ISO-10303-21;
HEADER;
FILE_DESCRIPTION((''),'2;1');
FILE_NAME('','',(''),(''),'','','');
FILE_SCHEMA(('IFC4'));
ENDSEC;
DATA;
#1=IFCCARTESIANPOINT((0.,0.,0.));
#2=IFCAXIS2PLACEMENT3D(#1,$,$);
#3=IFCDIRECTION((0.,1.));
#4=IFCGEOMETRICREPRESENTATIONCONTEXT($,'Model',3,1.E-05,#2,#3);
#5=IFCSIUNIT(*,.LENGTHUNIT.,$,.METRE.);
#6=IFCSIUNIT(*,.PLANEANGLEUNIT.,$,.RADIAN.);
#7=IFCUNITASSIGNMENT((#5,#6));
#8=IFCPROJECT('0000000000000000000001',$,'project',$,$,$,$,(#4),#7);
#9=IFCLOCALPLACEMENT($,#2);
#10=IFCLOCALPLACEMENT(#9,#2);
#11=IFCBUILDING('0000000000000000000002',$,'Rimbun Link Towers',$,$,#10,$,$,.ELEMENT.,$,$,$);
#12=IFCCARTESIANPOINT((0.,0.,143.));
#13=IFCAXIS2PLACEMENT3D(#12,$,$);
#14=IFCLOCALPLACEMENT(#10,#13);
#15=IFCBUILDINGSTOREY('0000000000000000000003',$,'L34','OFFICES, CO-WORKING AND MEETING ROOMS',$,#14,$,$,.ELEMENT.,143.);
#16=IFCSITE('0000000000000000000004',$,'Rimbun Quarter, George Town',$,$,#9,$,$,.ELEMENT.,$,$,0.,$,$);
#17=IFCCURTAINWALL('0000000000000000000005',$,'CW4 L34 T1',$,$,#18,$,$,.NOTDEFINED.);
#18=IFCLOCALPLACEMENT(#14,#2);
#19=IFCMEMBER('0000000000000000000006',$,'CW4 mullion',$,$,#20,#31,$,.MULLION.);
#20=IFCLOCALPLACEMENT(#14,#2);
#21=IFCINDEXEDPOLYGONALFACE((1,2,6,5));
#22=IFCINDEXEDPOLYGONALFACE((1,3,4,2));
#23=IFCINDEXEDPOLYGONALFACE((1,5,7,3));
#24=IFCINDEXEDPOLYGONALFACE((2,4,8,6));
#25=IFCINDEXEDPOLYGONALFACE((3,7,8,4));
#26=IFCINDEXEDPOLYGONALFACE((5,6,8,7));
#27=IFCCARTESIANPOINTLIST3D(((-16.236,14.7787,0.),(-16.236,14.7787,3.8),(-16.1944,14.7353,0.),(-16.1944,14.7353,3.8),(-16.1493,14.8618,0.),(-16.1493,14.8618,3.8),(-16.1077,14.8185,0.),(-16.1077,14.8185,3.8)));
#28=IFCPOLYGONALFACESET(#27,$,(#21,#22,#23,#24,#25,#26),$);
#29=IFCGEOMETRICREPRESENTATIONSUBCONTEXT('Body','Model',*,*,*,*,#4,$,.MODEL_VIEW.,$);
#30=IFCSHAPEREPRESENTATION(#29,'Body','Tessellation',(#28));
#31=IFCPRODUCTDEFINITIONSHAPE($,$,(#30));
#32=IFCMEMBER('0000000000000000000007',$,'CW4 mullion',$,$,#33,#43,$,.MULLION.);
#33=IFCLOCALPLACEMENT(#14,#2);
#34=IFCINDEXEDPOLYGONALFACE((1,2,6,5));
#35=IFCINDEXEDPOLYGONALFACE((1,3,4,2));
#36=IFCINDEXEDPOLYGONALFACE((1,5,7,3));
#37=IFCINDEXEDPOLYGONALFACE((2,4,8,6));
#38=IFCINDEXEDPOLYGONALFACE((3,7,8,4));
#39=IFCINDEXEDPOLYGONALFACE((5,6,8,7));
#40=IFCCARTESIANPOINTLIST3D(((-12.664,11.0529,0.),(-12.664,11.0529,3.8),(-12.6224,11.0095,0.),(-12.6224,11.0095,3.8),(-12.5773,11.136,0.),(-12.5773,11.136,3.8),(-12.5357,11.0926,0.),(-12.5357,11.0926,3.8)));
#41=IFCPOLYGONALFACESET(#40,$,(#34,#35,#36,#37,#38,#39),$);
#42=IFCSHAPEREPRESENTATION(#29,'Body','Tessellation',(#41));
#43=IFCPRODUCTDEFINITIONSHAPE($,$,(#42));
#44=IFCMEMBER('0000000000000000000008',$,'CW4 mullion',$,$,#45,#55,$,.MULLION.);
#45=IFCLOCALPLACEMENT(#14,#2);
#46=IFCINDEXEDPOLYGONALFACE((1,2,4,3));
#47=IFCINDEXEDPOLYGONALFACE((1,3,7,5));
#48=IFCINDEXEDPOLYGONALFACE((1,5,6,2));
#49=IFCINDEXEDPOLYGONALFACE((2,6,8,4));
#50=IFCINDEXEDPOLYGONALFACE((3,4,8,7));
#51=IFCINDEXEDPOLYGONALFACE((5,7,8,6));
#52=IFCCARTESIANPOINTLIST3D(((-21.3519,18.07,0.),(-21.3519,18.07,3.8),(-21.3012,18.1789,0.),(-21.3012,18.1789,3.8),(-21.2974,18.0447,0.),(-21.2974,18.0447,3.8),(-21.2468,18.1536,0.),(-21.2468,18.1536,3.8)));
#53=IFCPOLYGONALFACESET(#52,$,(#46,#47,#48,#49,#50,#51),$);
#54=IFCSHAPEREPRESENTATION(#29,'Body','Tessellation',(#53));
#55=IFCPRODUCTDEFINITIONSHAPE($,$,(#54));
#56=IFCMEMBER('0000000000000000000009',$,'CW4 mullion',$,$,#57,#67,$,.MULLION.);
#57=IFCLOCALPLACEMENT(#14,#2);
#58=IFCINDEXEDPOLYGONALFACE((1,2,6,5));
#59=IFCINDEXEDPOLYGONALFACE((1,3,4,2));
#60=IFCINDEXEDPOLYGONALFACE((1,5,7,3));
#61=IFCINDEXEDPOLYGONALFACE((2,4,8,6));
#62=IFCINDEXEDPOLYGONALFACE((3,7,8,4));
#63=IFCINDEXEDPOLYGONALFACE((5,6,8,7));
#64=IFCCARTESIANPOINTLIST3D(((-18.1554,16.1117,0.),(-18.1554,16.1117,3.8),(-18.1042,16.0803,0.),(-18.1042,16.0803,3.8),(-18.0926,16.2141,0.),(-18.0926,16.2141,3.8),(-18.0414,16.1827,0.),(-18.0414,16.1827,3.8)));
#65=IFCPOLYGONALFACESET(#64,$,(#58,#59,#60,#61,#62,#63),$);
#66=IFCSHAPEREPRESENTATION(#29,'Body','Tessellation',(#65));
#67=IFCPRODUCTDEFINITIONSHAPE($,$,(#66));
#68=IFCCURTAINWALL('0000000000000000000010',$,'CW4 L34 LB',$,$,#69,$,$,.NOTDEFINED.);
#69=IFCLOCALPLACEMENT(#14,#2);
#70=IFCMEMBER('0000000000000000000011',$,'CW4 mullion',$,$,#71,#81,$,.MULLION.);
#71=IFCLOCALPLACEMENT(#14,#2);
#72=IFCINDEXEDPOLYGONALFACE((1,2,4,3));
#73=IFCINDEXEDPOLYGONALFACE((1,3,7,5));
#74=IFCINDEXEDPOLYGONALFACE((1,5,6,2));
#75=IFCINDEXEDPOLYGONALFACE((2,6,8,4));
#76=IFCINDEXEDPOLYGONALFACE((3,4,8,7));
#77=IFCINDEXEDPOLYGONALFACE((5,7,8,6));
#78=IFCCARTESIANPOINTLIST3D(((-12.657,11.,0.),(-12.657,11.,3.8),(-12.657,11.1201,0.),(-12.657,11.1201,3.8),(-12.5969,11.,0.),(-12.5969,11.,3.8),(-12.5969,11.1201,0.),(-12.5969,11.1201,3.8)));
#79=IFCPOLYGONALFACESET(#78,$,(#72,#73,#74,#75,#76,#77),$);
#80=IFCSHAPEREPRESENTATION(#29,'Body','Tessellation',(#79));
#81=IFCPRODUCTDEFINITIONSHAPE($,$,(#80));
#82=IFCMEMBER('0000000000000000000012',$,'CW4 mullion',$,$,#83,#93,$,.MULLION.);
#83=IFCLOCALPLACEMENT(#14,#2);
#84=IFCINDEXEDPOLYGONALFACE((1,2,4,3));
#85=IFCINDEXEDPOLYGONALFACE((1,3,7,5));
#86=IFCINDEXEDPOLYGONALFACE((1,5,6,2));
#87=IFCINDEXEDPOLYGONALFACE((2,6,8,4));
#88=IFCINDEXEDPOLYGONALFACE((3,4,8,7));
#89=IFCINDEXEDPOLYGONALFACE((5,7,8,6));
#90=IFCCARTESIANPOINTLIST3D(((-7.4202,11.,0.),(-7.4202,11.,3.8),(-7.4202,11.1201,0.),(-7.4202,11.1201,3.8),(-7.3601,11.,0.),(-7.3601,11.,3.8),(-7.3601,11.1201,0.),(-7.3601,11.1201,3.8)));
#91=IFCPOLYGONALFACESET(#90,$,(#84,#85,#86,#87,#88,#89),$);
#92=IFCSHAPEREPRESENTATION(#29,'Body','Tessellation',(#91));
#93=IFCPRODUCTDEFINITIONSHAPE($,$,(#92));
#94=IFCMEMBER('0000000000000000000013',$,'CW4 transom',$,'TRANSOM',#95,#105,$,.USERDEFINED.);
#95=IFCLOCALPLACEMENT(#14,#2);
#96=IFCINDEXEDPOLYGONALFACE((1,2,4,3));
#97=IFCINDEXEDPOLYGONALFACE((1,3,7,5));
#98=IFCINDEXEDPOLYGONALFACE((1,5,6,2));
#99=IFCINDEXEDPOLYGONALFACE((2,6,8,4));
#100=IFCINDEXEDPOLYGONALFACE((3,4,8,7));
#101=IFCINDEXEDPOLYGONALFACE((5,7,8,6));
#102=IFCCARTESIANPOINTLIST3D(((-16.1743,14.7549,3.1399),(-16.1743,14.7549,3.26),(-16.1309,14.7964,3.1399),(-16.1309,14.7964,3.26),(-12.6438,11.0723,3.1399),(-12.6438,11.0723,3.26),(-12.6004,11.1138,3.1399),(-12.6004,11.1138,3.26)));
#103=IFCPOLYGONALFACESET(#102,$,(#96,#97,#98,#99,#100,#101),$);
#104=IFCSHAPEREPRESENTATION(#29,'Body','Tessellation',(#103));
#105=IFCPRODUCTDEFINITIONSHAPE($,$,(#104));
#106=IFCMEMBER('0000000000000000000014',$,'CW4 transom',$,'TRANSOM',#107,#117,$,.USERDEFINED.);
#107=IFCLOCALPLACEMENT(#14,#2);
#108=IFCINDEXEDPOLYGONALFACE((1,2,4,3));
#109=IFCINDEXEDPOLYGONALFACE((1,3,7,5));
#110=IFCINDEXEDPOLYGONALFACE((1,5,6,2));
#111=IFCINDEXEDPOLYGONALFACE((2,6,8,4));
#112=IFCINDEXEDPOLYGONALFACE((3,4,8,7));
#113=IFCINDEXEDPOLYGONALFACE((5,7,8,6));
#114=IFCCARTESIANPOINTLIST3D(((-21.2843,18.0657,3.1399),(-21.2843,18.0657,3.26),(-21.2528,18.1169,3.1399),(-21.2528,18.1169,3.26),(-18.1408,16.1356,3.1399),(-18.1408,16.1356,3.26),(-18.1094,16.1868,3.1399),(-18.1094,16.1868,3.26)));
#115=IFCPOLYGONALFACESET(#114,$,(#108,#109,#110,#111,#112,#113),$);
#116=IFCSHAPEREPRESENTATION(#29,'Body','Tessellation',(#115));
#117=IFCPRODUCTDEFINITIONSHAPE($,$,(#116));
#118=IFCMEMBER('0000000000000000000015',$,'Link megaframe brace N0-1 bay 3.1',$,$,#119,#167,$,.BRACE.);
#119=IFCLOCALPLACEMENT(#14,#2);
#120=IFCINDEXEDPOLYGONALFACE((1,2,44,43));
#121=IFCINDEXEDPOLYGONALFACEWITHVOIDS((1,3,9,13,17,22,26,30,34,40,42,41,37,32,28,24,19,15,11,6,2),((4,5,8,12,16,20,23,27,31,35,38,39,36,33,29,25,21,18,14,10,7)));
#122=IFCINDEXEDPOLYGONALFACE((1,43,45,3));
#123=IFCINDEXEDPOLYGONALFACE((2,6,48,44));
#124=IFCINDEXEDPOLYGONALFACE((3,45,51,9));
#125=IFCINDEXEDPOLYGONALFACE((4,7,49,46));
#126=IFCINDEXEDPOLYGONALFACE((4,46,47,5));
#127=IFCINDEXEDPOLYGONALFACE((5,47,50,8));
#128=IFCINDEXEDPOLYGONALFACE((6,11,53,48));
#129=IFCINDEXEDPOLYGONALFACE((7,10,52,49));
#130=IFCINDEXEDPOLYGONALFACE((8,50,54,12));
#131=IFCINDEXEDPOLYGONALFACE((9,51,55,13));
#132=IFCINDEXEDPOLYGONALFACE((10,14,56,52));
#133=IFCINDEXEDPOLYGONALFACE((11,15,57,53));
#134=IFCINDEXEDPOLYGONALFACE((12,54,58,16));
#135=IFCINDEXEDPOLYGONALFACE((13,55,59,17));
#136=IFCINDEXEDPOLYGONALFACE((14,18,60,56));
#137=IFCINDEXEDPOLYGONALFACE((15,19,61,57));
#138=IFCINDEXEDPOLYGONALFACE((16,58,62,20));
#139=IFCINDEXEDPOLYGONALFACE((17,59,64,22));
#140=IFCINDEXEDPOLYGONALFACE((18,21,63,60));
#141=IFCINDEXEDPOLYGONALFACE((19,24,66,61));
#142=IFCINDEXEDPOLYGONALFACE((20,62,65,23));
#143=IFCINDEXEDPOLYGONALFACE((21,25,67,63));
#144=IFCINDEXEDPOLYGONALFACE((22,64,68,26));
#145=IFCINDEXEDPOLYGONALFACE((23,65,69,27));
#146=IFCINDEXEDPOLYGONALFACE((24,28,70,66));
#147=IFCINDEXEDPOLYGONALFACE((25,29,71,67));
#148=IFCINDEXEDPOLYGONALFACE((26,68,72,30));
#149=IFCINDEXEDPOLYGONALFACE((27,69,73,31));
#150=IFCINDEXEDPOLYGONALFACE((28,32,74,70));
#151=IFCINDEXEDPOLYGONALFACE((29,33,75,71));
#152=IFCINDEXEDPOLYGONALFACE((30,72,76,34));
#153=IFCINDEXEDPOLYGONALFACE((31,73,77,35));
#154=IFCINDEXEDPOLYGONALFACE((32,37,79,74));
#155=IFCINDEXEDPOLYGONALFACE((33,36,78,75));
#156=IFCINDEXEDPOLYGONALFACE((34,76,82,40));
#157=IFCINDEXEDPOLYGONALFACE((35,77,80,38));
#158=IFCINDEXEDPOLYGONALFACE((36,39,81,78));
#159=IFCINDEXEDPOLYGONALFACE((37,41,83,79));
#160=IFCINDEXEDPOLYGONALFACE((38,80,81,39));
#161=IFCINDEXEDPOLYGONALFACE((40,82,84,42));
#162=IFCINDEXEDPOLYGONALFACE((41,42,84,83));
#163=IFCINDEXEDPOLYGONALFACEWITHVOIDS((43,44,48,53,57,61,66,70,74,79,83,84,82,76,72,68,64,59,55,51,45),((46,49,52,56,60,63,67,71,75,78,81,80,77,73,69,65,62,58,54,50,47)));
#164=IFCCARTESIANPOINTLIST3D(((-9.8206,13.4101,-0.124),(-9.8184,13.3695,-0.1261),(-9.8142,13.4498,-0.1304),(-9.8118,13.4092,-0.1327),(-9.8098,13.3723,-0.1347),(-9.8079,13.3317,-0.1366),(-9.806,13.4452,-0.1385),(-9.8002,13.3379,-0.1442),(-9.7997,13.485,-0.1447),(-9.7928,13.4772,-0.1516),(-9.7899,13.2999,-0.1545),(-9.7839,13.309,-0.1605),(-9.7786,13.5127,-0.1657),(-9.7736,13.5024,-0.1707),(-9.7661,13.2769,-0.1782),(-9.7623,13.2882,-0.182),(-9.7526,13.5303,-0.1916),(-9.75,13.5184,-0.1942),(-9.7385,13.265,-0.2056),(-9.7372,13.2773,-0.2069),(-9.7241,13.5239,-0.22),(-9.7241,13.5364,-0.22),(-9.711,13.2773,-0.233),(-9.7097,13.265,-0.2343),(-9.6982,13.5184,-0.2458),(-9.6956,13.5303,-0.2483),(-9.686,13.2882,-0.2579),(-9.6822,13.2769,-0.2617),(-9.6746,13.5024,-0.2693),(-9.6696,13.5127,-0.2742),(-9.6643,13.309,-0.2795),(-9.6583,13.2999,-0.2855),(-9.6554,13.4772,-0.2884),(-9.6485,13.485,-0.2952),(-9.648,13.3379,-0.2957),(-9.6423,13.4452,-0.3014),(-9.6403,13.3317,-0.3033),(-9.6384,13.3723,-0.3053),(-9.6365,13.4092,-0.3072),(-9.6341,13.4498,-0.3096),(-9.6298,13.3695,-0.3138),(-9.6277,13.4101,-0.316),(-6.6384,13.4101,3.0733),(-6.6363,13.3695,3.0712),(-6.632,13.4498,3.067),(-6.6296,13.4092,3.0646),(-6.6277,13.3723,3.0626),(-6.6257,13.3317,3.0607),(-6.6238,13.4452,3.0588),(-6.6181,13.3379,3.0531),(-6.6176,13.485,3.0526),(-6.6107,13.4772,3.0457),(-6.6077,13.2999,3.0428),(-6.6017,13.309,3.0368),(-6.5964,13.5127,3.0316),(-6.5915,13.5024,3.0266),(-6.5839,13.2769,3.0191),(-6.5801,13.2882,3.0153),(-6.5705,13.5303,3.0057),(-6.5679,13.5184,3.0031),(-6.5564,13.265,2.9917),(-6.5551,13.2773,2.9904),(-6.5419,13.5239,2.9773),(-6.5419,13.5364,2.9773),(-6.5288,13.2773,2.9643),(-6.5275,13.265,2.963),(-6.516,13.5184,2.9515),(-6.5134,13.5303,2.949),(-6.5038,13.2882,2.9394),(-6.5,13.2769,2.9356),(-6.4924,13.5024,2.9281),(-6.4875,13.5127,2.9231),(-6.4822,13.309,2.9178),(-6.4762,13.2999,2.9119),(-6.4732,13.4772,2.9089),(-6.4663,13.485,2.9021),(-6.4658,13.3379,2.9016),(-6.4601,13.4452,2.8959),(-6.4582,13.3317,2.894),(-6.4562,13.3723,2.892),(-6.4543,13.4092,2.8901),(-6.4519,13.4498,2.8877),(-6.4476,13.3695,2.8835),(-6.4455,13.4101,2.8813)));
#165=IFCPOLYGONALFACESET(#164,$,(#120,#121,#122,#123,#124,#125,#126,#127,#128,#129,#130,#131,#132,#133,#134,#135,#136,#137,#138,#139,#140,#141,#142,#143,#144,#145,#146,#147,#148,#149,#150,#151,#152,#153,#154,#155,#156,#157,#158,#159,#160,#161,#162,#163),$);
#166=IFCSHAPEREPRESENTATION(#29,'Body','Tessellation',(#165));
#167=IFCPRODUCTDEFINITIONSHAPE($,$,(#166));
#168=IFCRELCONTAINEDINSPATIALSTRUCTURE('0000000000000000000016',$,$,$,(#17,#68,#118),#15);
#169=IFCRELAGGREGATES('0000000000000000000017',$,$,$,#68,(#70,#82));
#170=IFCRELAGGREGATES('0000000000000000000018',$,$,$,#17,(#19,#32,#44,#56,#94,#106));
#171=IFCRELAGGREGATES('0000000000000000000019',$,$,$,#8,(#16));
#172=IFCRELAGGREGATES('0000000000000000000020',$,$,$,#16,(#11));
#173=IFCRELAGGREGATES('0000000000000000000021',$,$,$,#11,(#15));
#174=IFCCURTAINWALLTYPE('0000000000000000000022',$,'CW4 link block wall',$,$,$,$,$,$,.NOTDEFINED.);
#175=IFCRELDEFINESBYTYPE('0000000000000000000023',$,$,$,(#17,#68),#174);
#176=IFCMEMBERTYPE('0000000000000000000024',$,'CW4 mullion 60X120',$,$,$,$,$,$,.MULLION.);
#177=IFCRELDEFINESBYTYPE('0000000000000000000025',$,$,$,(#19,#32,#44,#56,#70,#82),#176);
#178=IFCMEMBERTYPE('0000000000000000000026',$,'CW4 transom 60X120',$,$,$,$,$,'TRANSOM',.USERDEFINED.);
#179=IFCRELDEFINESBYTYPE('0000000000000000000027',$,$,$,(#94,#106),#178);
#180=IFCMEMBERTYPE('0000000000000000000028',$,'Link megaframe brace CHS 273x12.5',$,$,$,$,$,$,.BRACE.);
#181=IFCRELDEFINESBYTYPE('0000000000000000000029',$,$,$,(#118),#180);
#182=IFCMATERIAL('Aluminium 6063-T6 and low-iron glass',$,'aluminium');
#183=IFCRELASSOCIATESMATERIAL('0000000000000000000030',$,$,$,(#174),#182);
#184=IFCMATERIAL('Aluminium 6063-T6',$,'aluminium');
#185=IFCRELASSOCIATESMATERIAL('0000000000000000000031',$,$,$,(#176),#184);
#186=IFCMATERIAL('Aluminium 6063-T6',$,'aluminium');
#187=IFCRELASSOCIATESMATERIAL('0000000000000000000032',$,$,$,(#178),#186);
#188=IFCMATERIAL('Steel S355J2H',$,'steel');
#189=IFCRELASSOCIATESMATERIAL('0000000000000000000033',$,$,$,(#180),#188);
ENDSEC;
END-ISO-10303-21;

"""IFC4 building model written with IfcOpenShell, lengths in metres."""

from ifc_helpers import new_model, si_unit, direction, frame, origin, origin_2d, place, context, subcontext, project, spatial, rectangle, hollow_circle, extrude, material, material_profile, profile_set, type_object, element, aggregate, save


model = new_model("IFC4")

# Units and contexts
model_context = context("Model", 3, precision=1e-05, world=origin(), true_north=direction((0.0, 1.0)))
body_context = subcontext(model_context, "Body", "Model", "MODEL_VIEW")
ifc_project = project(units=[si_unit("LENGTHUNIT", "METRE"), si_unit("PLANEANGLEUNIT", "RADIAN")], contexts=[model_context])

# Site, building, storey
site_placement = place(None, origin())
site = spatial("IfcSite", under=ifc_project, at=site_placement, Name="Rimbun Quarter, George Town", CompositionType="ELEMENT", RefElevation=0.0)
building_placement = place(site_placement, origin())
building = spatial("IfcBuilding", under=site, at=building_placement, Name="Rimbun Link Towers", CompositionType="ELEMENT")
storey_placement = place(building_placement, frame((0.0, 0.0, 143.0)))
storey = spatial("IfcBuildingStorey", under=building, at=storey_placement, Name="L34", Description="OFFICES, CO-WORKING AND MEETING ROOMS", CompositionType="ELEMENT", Elevation=143.0)

# Curtain walls, members
ifc_material_1 = material(Name="Aluminium 6063-T6 and low-iron glass", Category="aluminium")
curtain_wall_type = type_object("IfcCurtainWallType", Name="CW4 link block wall", PredefinedType="NOTDEFINED", material=ifc_material_1)
curtain_wall_1_placement = place(storey_placement, origin())
curtain_wall_1 = element("IfcCurtainWall", 1, at=curtain_wall_1_placement, inside=storey, type_object=curtain_wall_type, Name="CW4 L34 T1", PredefinedType="NOTDEFINED")
ifc_material_2 = material(Name="Aluminium 6063-T6", Category="aluminium")
ifc_material_profile_1 = material_profile(ifc_material_2, rectangle(XDim=0.1201, YDim=0.0601, at=origin_2d()), Name="MULLION 60X120")
ifc_profile_set_1 = profile_set([ifc_material_profile_1], Name="Aluminium 6063-T6")
member_type_1 = type_object("IfcMemberType", Name="CW4 mullion 60X120", PredefinedType="MULLION", material=ifc_profile_set_1)
member_1_placement = place(storey_placement, frame((-16.1719, 14.7986, 0.0), z_axis=(0.0, 0.0, 1.0), x_axis=(0.721858, 0.692041, 0.0)))
member_1 = element("IfcMember", 2, at=member_1_placement, type_object=member_type_1, Name="CW4 mullion", PredefinedType="MULLION", context=body_context, shape_type="SweptSolid", body=[
    extrude(rectangle(XDim=0.1201, YDim=0.0601, at=origin_2d()), origin(), (0.0, 0.0, 1.0), 3.8),
])
member_2_placement = place(storey_placement, frame((-12.5999, 11.0728, 0.0), z_axis=(0.0, 0.0, 1.0), x_axis=(0.721858, 0.692041, 0.0)))
member_2 = element("IfcMember", 3, at=member_2_placement, type_object=member_type_1, Name="CW4 mullion", PredefinedType="MULLION", context=body_context, shape_type="SweptSolid", body=[
    extrude(rectangle(XDim=0.1201, YDim=0.0601, at=origin_2d()), origin(), (0.0, 0.0, 1.0), 3.8),
])
member_3_placement = place(storey_placement, frame((-21.2993, 18.1118, 0.0), z_axis=(0.0, 0.0, 1.0), x_axis=(0.421697, 0.906737, 0.0)))
member_3 = element("IfcMember", 4, at=member_3_placement, type_object=member_type_1, Name="CW4 mullion", PredefinedType="MULLION", context=body_context, shape_type="SweptSolid", body=[
    extrude(rectangle(XDim=0.1201, YDim=0.0601, at=origin_2d()), origin(), (0.0, 0.0, 1.0), 3.8),
])
member_4_placement = place(storey_placement, frame((-18.0984, 16.1472, 0.0), z_axis=(0.0, 0.0, 1.0), x_axis=(0.523225, 0.852194, 0.0)))
member_4 = element("IfcMember", 5, at=member_4_placement, type_object=member_type_1, Name="CW4 mullion", PredefinedType="MULLION", context=body_context, shape_type="SweptSolid", body=[
    extrude(rectangle(XDim=0.1201, YDim=0.0601, at=origin_2d()), origin(), (0.0, 0.0, 1.0), 3.8),
])
curtain_wall_2_placement = place(storey_placement, origin())
curtain_wall_2 = element("IfcCurtainWall", 6, at=curtain_wall_2_placement, inside=storey, type_object=curtain_wall_type, Name="CW4 L34 LB", PredefinedType="NOTDEFINED")
member_5_placement = place(storey_placement, frame((-12.627, 11.0601, 0.0), z_axis=(0.0, 0.0, 1.0), x_axis=(0.0, 1.0, 0.0)))
member_5 = element("IfcMember", 7, at=member_5_placement, type_object=member_type_1, Name="CW4 mullion", PredefinedType="MULLION", context=body_context, shape_type="SweptSolid", body=[
    extrude(rectangle(XDim=0.1201, YDim=0.0601, at=origin_2d()), origin(), (0.0, 0.0, 1.0), 3.8),
])
member_6_placement = place(storey_placement, frame((-7.3901, 11.0601, 0.0), z_axis=(0.0, 0.0, 1.0), x_axis=(0.0, 1.0, 0.0)))
member_6 = element("IfcMember", 8, at=member_6_placement, type_object=member_type_1, Name="CW4 mullion", PredefinedType="MULLION", context=body_context, shape_type="SweptSolid", body=[
    extrude(rectangle(XDim=0.1201, YDim=0.0601, at=origin_2d()), origin(), (0.0, 0.0, 1.0), 3.8),
])
aggregate(curtain_wall_2, [member_5, member_6])

# Members
ifc_material_3 = material(Name="Aluminium 6063-T6", Category="aluminium")
ifc_material_profile_2 = material_profile(ifc_material_3, rectangle(XDim=0.0601, YDim=0.1201, at=origin_2d()), Name="TRANSOM 60X120")
ifc_profile_set_2 = profile_set([ifc_material_profile_2], Name="Aluminium 6063-T6")
member_type_2 = type_object("IfcMemberType", Name="CW4 transom 60X120", ElementType="TRANSOM", PredefinedType="USERDEFINED", material=ifc_profile_set_2)
member_7_placement = place(storey_placement, frame((-16.1526, 14.7756, 3.2), z_axis=(0.692043, -0.721857, 0.0), x_axis=(0.721857, 0.692043, 0.0)))
member_7 = element("IfcMember", 9, at=member_7_placement, type_object=member_type_2, Name="CW4 transom", ObjectType="TRANSOM", PredefinedType="USERDEFINED", context=body_context, shape_type="SweptSolid", body=[
    extrude(rectangle(XDim=0.0601, YDim=0.1201, at=origin_2d()), origin(), (0.0, 0.0, 1.0), 5.1016),
])
member_8_placement = place(storey_placement, frame((-21.2686, 18.0913, 3.2), z_axis=(0.852181, -0.523248, 0.0), x_axis=(0.523248, 0.852181, 0.0)))
member_8 = element("IfcMember", 10, at=member_8_placement, type_object=member_type_2, Name="CW4 transom", ObjectType="TRANSOM", PredefinedType="USERDEFINED", context=body_context, shape_type="SweptSolid", body=[
    extrude(rectangle(XDim=0.0601, YDim=0.1201, at=origin_2d()), origin(), (0.0, 0.0, 1.0), 3.6887),
])

# Member
ifc_material_4 = material(Name="Steel S355J2H", Category="steel")
ifc_material_profile_3 = material_profile(ifc_material_4, hollow_circle(Radius=0.1365, WallThickness=0.0125, at=origin_2d()), Name="CHS 273x12.5")
ifc_profile_set_3 = profile_set([ifc_material_profile_3], Name="Steel S355J2H")
member_type_3 = type_object("IfcMemberType", Name="Link megaframe brace CHS 273x12.5", PredefinedType="BRACE", material=ifc_profile_set_3)
member_9_placement = place(storey_placement, frame((-9.7241, 13.3999, -0.22), z_axis=(0.705427, 0.0, 0.708783), x_axis=(0.0, 1.0, 0.0)))
element("IfcMember", 11, at=member_9_placement, inside=storey, type_object=member_type_3, Name="Link megaframe brace N0-1 bay 3.1", PredefinedType="BRACE", context=body_context, shape_type="SweptSolid", body=[
    extrude(hollow_circle(Radius=0.1365, WallThickness=0.0125, at=origin_2d()), origin(), (0.0, 0.0, 1.0), 4.511),
])

aggregate(curtain_wall_1, [member_1, member_2, member_3, member_4, member_7, member_8])

save(model, "model.ifc")
